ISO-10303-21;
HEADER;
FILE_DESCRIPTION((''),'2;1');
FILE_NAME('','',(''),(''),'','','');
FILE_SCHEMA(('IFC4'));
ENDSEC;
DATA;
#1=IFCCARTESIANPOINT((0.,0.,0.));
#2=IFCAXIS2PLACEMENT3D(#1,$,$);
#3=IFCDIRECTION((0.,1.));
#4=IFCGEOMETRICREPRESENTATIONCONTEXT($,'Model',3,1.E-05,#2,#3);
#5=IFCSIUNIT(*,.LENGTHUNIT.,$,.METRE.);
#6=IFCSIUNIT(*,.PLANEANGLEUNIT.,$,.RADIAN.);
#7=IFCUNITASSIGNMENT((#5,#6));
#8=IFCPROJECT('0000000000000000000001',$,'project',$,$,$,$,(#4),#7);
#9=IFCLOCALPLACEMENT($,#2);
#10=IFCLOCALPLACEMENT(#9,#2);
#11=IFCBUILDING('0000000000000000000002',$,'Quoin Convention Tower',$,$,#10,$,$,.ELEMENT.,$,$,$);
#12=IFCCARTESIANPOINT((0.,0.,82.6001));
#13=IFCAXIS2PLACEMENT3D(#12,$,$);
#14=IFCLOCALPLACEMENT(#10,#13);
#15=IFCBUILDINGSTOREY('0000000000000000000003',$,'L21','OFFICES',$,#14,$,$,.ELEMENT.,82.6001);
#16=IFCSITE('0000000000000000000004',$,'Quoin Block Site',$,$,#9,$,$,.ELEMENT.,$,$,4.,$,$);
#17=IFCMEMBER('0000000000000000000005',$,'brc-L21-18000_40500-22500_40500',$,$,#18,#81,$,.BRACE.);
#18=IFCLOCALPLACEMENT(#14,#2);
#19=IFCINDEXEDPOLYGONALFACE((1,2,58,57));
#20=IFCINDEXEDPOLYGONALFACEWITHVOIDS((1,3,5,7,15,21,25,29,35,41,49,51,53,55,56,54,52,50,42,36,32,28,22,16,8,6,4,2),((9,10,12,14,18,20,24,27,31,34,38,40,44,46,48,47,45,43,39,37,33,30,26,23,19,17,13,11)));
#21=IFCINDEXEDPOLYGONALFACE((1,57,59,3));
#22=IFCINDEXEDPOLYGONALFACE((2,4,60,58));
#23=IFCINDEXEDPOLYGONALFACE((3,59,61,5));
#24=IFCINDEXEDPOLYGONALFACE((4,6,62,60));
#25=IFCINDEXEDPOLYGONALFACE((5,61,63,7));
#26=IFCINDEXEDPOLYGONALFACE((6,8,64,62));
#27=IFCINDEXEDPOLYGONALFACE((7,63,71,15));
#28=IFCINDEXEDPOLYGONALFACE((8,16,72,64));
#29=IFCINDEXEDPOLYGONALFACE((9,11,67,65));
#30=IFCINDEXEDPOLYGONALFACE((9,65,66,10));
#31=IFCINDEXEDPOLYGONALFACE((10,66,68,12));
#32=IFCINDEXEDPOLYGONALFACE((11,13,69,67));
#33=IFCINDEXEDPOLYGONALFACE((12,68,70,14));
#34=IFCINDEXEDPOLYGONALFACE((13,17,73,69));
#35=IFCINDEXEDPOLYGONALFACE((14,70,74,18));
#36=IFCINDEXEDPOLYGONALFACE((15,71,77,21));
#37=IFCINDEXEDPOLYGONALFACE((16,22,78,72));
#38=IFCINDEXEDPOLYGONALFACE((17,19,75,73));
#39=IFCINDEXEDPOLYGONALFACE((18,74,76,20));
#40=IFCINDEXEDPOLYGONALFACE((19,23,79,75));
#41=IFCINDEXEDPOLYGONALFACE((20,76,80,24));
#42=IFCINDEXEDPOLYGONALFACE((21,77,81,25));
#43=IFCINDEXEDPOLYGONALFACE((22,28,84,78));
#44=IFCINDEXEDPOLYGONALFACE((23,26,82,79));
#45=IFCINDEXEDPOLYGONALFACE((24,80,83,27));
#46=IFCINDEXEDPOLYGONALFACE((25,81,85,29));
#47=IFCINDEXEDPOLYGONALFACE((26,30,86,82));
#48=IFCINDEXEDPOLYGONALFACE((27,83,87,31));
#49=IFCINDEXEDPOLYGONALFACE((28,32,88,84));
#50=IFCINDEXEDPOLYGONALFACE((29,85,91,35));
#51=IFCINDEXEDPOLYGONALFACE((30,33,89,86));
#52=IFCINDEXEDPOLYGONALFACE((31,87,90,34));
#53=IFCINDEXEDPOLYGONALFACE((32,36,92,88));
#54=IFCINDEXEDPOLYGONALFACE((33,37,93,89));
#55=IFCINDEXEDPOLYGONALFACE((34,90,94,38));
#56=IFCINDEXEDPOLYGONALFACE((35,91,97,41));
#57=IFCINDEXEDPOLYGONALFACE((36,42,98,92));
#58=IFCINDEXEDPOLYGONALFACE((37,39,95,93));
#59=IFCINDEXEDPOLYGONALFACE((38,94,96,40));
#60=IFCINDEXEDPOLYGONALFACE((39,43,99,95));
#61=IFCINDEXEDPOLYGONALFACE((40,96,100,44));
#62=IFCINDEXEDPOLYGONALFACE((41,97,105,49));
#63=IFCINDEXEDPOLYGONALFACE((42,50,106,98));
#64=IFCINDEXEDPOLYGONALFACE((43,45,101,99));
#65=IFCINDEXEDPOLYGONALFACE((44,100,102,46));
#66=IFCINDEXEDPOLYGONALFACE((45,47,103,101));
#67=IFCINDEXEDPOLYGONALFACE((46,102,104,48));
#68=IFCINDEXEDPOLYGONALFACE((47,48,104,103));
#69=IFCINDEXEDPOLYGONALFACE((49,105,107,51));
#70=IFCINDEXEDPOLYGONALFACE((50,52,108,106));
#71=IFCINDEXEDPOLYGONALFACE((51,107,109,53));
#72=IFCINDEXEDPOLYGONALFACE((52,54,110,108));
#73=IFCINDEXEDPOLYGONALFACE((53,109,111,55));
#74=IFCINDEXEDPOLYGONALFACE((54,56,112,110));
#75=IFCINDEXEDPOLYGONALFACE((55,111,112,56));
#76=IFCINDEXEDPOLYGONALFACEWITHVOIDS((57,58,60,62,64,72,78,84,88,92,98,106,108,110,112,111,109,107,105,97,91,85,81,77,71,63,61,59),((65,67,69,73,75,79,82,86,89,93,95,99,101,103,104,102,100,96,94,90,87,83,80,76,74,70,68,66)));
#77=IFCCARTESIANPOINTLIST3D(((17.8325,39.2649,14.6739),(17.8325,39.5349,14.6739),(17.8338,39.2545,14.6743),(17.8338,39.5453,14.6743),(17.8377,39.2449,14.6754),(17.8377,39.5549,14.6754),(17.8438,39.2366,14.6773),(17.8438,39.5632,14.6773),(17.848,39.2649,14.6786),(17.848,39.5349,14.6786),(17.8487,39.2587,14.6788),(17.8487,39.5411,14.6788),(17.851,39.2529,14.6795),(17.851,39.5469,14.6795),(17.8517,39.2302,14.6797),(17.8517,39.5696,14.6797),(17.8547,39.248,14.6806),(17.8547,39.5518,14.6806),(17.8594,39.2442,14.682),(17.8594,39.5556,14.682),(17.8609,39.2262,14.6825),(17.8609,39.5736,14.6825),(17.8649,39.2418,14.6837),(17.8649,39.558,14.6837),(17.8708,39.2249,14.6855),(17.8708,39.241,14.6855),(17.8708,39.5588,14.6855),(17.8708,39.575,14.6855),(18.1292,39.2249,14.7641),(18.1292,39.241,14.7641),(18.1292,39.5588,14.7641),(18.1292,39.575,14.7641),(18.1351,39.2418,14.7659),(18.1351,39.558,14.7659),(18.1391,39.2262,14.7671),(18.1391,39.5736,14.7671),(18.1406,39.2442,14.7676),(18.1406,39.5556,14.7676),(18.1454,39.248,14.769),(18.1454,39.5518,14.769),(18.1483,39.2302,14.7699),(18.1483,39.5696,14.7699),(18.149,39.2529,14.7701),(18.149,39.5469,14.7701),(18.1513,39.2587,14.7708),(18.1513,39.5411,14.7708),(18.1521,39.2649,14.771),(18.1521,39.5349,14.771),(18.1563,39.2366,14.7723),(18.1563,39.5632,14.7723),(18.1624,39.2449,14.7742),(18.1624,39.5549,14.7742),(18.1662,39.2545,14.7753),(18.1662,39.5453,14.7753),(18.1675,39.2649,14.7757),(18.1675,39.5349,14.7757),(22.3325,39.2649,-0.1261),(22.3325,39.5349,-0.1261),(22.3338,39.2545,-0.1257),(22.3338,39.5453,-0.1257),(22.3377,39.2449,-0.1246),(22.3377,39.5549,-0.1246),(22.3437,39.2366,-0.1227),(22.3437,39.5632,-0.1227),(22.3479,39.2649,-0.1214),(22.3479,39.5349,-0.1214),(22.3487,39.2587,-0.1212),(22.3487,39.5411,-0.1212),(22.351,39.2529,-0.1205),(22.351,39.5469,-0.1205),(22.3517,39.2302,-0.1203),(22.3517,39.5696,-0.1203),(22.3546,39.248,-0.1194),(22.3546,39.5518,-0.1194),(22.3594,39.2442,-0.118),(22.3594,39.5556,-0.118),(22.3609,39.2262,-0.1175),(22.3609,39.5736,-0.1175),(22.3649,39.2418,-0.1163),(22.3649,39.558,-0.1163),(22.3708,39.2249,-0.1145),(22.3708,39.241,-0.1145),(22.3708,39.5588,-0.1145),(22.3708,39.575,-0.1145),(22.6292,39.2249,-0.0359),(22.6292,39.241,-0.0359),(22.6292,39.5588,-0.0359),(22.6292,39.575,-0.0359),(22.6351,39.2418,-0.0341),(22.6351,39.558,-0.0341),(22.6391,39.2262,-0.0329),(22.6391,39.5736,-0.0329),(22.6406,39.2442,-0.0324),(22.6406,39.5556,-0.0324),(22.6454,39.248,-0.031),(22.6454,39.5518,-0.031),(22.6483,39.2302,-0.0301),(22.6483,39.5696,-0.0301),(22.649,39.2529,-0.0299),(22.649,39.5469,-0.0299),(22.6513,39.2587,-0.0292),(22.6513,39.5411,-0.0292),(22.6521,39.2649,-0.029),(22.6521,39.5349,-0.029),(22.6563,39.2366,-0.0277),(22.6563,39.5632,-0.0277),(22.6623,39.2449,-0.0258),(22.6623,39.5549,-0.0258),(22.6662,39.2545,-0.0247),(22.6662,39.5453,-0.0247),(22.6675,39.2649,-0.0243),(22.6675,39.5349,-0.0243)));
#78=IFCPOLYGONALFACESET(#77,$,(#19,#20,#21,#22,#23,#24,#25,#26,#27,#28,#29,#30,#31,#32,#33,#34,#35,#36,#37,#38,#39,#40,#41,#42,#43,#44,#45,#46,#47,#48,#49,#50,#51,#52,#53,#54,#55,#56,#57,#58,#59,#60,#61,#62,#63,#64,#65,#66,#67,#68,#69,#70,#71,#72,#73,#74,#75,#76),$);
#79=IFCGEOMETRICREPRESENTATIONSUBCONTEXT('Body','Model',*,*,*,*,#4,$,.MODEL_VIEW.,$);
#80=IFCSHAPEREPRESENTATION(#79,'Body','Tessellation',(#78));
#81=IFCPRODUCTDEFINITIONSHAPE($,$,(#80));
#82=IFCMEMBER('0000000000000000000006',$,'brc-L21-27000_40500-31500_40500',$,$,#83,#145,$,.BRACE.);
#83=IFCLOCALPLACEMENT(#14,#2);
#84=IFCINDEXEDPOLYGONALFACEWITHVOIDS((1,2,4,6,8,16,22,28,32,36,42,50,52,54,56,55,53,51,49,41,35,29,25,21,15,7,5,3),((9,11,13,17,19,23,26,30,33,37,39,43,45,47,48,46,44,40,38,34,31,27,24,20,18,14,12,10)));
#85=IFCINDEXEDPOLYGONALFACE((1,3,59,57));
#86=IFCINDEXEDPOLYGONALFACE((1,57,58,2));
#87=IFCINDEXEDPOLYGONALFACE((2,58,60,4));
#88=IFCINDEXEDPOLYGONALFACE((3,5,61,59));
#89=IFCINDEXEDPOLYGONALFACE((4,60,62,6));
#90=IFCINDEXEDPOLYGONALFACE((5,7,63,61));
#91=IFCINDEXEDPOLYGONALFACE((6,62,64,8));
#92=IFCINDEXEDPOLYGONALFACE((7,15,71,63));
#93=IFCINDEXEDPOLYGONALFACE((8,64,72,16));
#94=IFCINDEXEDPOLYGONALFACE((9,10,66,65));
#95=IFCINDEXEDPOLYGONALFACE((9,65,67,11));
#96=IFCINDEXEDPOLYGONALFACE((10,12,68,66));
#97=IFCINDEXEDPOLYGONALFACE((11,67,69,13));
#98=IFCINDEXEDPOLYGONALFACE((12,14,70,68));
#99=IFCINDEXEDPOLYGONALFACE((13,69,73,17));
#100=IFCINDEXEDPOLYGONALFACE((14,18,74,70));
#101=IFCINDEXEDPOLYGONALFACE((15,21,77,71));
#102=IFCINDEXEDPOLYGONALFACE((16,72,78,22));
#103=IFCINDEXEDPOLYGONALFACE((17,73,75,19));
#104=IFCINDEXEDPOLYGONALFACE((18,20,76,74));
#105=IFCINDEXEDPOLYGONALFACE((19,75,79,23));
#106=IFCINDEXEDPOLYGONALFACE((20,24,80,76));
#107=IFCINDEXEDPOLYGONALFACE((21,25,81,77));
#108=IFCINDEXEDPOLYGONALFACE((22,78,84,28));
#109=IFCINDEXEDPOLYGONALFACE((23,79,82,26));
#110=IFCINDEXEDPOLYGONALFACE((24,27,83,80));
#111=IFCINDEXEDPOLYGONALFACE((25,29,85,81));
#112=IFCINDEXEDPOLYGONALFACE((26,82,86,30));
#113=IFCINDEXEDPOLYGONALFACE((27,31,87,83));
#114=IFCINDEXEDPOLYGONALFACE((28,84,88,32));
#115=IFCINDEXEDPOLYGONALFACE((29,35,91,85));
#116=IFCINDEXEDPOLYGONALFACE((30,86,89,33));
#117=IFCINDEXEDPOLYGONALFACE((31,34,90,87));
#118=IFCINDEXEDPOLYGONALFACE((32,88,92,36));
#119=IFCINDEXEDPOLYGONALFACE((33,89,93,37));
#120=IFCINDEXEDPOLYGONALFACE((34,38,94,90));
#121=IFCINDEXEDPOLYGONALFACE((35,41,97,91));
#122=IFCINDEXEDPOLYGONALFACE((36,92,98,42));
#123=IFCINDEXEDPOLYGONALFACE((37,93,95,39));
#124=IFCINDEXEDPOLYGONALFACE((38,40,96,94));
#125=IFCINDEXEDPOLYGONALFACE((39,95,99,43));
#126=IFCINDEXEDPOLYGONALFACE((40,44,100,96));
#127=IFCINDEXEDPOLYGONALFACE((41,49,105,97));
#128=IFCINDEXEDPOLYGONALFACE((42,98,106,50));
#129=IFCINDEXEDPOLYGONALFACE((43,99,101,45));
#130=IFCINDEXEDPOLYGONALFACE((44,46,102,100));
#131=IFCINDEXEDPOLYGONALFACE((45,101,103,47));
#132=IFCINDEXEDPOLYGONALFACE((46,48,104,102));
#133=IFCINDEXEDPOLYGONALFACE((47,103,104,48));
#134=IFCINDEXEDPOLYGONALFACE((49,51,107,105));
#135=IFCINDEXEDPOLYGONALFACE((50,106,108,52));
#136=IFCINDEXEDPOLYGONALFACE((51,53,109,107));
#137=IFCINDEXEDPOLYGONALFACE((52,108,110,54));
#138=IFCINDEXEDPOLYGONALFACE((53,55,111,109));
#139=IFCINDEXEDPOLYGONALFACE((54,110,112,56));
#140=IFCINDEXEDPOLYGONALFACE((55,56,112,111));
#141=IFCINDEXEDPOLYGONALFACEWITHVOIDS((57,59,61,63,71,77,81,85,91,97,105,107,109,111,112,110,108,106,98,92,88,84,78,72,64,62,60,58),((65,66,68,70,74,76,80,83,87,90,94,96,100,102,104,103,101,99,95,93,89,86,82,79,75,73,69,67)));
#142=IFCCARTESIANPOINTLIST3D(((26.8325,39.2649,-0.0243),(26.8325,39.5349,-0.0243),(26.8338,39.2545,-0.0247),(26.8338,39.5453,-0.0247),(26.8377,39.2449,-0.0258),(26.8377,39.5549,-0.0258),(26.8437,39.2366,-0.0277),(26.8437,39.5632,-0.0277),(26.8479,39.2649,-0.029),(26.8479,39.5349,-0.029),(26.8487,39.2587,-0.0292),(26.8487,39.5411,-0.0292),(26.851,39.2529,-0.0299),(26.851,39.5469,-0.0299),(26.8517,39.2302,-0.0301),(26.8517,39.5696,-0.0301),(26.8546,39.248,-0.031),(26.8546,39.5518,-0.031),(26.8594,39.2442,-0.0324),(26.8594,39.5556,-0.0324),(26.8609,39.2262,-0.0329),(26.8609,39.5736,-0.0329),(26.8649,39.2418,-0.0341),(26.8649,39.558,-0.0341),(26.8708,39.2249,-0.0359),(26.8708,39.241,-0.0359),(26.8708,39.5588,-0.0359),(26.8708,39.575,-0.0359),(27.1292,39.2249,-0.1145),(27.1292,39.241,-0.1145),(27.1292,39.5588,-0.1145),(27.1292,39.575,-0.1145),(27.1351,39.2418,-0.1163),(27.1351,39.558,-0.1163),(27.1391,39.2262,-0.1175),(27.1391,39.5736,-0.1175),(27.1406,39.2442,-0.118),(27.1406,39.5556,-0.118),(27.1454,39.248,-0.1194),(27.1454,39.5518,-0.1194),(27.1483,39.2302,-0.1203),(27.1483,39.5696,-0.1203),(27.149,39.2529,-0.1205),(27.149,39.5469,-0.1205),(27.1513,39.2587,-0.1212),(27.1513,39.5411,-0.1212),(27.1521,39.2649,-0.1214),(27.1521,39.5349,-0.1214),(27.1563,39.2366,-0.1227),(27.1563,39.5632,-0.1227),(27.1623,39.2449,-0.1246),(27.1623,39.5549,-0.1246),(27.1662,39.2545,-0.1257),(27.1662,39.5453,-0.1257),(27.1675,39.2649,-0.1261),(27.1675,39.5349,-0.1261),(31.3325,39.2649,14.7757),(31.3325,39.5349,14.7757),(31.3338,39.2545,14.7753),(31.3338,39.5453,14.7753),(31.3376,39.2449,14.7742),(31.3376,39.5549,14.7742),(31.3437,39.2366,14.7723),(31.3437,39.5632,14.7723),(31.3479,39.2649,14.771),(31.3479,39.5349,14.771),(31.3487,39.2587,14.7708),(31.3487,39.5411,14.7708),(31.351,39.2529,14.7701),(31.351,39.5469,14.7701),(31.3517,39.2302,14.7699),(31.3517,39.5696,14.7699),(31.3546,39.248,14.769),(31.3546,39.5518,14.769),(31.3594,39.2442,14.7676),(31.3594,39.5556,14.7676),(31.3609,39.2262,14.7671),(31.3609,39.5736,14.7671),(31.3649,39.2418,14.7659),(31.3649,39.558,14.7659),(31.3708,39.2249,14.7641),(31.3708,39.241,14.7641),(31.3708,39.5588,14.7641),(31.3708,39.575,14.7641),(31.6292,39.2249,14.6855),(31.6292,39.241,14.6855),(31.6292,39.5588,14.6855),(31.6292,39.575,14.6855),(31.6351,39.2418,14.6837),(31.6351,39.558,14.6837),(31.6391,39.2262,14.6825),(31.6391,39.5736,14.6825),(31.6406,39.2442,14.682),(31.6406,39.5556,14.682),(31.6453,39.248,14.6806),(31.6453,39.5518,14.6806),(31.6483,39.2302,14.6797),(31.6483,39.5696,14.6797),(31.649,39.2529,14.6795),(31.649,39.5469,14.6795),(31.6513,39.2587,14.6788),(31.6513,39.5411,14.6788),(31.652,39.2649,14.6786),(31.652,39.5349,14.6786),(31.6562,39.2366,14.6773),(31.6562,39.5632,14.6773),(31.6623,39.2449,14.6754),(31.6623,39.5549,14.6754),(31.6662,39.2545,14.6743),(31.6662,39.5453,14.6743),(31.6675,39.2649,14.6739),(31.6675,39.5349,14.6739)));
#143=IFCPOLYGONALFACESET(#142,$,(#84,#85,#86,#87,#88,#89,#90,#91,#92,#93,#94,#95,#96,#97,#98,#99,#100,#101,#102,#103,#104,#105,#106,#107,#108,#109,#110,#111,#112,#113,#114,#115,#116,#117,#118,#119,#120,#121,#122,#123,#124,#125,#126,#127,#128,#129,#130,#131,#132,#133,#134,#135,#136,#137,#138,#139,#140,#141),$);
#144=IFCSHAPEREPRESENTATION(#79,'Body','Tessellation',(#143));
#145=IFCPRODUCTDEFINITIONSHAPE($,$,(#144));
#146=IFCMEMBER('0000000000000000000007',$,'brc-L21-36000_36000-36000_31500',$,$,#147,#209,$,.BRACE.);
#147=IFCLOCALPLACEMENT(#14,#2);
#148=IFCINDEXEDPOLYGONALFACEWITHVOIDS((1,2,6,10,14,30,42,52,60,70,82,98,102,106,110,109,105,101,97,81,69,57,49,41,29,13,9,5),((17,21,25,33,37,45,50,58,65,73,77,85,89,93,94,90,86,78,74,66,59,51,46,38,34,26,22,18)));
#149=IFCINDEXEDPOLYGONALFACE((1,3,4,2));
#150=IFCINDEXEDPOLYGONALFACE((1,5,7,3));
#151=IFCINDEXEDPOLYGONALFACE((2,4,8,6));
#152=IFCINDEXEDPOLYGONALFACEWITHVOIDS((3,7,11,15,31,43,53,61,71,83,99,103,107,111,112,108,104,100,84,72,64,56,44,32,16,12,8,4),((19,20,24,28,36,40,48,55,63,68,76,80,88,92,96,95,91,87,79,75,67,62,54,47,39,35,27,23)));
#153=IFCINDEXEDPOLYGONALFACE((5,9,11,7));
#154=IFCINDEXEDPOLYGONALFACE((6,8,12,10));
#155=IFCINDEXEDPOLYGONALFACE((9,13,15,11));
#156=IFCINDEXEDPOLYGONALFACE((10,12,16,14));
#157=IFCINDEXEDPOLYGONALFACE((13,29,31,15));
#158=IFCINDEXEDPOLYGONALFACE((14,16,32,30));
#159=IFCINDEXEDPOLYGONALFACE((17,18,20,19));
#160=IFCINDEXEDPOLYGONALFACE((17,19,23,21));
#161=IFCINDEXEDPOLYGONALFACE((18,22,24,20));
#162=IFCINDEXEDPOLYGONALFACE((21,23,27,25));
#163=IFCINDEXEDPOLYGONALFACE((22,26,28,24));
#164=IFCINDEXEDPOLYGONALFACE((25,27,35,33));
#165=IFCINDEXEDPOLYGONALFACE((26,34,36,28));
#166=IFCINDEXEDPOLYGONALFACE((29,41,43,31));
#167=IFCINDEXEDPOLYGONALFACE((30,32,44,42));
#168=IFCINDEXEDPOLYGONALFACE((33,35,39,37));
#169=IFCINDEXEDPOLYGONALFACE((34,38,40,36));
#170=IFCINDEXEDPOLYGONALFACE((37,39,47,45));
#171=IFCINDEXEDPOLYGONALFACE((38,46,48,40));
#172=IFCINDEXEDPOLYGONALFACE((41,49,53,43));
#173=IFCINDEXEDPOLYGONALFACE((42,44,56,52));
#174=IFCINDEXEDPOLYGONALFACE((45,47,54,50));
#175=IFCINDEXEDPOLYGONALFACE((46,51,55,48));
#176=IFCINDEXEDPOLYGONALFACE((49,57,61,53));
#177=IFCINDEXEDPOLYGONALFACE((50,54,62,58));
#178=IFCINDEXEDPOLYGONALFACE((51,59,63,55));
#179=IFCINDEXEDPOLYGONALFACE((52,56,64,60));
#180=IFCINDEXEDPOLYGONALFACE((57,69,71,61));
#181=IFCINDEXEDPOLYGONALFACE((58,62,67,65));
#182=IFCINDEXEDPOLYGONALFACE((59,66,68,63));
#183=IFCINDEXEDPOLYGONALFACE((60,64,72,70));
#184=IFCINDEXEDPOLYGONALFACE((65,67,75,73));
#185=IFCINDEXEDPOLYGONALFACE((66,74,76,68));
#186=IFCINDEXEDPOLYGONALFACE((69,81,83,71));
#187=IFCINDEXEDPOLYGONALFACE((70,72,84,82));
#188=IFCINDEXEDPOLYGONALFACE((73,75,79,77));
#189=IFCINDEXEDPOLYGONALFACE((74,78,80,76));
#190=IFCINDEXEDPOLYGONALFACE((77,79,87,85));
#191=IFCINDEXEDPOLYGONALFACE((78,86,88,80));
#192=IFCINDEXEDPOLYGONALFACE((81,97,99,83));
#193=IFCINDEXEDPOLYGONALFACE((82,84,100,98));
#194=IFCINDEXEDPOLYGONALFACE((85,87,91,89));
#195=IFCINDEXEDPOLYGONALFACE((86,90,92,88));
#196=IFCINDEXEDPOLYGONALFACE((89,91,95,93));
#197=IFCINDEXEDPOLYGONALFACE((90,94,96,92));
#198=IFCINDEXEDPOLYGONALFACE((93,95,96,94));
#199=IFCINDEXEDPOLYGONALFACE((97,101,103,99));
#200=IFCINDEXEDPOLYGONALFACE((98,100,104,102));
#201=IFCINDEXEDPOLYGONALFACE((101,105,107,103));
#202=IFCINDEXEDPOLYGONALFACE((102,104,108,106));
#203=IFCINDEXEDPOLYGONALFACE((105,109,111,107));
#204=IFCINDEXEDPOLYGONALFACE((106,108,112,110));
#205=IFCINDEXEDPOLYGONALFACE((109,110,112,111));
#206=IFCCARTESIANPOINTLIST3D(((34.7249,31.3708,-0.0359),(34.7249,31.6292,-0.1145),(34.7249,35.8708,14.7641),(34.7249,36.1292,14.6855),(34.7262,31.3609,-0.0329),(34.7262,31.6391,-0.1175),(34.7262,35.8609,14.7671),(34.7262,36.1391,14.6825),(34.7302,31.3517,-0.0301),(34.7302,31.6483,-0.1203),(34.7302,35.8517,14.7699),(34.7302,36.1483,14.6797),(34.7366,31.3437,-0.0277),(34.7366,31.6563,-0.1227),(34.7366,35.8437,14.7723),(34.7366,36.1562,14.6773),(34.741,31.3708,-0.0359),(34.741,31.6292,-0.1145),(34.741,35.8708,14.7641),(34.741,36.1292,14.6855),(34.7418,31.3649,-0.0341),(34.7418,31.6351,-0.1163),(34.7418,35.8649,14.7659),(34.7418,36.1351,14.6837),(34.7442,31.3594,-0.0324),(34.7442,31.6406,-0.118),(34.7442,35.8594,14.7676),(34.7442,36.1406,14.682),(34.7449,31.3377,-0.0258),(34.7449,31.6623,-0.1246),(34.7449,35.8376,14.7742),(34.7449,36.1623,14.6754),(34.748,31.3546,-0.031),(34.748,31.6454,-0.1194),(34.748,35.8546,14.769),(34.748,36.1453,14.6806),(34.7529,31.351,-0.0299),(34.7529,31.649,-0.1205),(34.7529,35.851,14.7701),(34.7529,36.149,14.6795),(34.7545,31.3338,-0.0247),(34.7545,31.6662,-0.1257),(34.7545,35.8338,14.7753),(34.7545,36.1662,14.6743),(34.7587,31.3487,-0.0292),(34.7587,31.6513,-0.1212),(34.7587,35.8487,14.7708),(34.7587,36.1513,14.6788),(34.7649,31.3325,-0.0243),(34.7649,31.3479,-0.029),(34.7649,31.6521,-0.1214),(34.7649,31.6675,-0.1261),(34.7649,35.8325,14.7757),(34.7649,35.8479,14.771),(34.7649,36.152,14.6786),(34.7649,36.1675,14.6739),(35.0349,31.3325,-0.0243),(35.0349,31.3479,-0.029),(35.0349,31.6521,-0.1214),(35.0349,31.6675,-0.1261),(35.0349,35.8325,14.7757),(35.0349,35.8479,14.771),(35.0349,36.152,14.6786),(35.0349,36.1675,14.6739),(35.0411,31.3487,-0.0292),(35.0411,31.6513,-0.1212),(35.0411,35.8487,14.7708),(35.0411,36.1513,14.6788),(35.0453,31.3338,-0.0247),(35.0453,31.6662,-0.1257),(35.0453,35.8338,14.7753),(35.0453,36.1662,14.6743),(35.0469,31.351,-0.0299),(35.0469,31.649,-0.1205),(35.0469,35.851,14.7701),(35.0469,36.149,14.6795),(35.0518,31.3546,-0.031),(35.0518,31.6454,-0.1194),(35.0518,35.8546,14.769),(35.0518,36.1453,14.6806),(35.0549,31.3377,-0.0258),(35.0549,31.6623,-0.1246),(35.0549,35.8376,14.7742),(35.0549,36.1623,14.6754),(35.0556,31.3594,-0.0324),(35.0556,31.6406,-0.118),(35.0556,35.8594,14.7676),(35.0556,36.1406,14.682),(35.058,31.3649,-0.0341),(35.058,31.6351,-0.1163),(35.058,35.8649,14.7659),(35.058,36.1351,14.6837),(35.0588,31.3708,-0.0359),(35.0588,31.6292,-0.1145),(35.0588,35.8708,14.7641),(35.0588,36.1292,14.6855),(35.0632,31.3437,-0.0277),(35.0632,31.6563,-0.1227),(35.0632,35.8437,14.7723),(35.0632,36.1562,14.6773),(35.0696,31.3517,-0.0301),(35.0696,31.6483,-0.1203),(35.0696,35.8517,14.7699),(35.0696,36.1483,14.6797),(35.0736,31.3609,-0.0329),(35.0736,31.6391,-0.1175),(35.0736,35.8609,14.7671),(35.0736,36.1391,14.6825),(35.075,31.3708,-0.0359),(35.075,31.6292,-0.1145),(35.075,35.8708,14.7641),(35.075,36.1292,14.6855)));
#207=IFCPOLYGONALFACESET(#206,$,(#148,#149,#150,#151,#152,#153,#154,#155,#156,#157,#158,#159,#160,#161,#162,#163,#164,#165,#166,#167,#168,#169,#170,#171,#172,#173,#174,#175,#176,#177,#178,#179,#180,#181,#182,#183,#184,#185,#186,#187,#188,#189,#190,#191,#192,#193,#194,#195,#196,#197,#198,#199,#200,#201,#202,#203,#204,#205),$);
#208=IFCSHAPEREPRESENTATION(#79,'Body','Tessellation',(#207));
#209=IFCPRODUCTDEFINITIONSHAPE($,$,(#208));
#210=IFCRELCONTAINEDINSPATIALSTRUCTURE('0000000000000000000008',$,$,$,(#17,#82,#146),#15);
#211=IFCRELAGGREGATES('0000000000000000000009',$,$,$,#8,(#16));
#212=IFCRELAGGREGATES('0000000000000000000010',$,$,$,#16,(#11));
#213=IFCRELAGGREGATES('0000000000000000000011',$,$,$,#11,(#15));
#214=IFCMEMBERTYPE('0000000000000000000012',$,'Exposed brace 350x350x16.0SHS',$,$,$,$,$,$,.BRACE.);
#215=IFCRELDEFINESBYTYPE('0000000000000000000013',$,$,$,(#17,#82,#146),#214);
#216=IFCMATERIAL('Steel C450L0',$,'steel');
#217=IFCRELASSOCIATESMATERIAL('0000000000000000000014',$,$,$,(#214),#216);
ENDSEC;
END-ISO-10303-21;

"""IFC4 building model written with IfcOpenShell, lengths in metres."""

from ifc_helpers import new_model, si_unit, direction, frame, origin, origin_2d, place, context, subcontext, project, spatial, hollow_rectangle, extrude, material, material_profile, profile_set, type_object, element, save


model = new_model("IFC4")

# Units and contexts
model_context = context("Model", 3, precision=1e-05, world=origin(), true_north=direction((0.0, 1.0)))
body_context = subcontext(model_context, "Body", "Model", "MODEL_VIEW")
ifc_project = project(units=[si_unit("LENGTHUNIT", "METRE"), si_unit("PLANEANGLEUNIT", "RADIAN")], contexts=[model_context])

# Site, building, storey
site_placement = place(None, origin())
site = spatial("IfcSite", under=ifc_project, at=site_placement, Name="Quoin Block Site", CompositionType="ELEMENT", RefElevation=4.0)
building_placement = place(site_placement, origin())
building = spatial("IfcBuilding", under=site, at=building_placement, Name="Quoin Convention Tower", CompositionType="ELEMENT")
storey_placement = place(building_placement, frame((0.0, 0.0, 82.6001)))
storey = spatial("IfcBuildingStorey", under=building, at=storey_placement, Name="L21", Description="OFFICES", CompositionType="ELEMENT", Elevation=82.6001)

# Shared definitions
ifc_material_1 = material(Name="Steel C450L0", Category="steel")

# Members
ifc_material_profile_1 = material_profile(ifc_material_1, hollow_rectangle(XDim=0.3501, YDim=0.3501, WallThickness=0.0161, InnerFilletRadius=0.0239, OuterFilletRadius=0.04, at=origin_2d()), Name="350x350x16.0SHS")
ifc_profile_set_1 = profile_set([ifc_material_profile_1], Name="Steel C450L0")
member_type = type_object("IfcMemberType", Name="Exposed brace 350x350x16.0SHS", PredefinedType="BRACE", material=ifc_profile_set_1)
for number, where, z_axis, x_axis, name in (
    (1, (22.5, 39.3999, -0.0752), (-0.290903, 0.0, 0.956752), (0.0, -1.0, 0.0), "brc-L21-18000_40500-22500_40500"),
    (2, (27.0, 39.3999, -0.0752), (0.290903, 0.0, 0.956752), (0.0, 1.0, 0.0), "brc-L21-27000_40500-31500_40500"),
    (3, (34.8999, 31.5, -0.0752), (0.0, 0.290903, 0.956752), (-1.0, 0.0, 0.0), "brc-L21-36000_36000-36000_31500"),
):
    element("IfcMember", number, at=place(storey_placement, frame(where, z_axis=z_axis, x_axis=x_axis)), inside=storey, type_object=member_type, Name=name, PredefinedType="BRACE", context=body_context, shape_type="SweptSolid", body=[
        extrude(hollow_rectangle(XDim=0.3501, YDim=0.3501, WallThickness=0.0161, InnerFilletRadius=0.0239, OuterFilletRadius=0.04, at=origin_2d()), origin(), (0.0, 0.0, 1.0), 15.469),
    ])

save(model, "model.ifc")
